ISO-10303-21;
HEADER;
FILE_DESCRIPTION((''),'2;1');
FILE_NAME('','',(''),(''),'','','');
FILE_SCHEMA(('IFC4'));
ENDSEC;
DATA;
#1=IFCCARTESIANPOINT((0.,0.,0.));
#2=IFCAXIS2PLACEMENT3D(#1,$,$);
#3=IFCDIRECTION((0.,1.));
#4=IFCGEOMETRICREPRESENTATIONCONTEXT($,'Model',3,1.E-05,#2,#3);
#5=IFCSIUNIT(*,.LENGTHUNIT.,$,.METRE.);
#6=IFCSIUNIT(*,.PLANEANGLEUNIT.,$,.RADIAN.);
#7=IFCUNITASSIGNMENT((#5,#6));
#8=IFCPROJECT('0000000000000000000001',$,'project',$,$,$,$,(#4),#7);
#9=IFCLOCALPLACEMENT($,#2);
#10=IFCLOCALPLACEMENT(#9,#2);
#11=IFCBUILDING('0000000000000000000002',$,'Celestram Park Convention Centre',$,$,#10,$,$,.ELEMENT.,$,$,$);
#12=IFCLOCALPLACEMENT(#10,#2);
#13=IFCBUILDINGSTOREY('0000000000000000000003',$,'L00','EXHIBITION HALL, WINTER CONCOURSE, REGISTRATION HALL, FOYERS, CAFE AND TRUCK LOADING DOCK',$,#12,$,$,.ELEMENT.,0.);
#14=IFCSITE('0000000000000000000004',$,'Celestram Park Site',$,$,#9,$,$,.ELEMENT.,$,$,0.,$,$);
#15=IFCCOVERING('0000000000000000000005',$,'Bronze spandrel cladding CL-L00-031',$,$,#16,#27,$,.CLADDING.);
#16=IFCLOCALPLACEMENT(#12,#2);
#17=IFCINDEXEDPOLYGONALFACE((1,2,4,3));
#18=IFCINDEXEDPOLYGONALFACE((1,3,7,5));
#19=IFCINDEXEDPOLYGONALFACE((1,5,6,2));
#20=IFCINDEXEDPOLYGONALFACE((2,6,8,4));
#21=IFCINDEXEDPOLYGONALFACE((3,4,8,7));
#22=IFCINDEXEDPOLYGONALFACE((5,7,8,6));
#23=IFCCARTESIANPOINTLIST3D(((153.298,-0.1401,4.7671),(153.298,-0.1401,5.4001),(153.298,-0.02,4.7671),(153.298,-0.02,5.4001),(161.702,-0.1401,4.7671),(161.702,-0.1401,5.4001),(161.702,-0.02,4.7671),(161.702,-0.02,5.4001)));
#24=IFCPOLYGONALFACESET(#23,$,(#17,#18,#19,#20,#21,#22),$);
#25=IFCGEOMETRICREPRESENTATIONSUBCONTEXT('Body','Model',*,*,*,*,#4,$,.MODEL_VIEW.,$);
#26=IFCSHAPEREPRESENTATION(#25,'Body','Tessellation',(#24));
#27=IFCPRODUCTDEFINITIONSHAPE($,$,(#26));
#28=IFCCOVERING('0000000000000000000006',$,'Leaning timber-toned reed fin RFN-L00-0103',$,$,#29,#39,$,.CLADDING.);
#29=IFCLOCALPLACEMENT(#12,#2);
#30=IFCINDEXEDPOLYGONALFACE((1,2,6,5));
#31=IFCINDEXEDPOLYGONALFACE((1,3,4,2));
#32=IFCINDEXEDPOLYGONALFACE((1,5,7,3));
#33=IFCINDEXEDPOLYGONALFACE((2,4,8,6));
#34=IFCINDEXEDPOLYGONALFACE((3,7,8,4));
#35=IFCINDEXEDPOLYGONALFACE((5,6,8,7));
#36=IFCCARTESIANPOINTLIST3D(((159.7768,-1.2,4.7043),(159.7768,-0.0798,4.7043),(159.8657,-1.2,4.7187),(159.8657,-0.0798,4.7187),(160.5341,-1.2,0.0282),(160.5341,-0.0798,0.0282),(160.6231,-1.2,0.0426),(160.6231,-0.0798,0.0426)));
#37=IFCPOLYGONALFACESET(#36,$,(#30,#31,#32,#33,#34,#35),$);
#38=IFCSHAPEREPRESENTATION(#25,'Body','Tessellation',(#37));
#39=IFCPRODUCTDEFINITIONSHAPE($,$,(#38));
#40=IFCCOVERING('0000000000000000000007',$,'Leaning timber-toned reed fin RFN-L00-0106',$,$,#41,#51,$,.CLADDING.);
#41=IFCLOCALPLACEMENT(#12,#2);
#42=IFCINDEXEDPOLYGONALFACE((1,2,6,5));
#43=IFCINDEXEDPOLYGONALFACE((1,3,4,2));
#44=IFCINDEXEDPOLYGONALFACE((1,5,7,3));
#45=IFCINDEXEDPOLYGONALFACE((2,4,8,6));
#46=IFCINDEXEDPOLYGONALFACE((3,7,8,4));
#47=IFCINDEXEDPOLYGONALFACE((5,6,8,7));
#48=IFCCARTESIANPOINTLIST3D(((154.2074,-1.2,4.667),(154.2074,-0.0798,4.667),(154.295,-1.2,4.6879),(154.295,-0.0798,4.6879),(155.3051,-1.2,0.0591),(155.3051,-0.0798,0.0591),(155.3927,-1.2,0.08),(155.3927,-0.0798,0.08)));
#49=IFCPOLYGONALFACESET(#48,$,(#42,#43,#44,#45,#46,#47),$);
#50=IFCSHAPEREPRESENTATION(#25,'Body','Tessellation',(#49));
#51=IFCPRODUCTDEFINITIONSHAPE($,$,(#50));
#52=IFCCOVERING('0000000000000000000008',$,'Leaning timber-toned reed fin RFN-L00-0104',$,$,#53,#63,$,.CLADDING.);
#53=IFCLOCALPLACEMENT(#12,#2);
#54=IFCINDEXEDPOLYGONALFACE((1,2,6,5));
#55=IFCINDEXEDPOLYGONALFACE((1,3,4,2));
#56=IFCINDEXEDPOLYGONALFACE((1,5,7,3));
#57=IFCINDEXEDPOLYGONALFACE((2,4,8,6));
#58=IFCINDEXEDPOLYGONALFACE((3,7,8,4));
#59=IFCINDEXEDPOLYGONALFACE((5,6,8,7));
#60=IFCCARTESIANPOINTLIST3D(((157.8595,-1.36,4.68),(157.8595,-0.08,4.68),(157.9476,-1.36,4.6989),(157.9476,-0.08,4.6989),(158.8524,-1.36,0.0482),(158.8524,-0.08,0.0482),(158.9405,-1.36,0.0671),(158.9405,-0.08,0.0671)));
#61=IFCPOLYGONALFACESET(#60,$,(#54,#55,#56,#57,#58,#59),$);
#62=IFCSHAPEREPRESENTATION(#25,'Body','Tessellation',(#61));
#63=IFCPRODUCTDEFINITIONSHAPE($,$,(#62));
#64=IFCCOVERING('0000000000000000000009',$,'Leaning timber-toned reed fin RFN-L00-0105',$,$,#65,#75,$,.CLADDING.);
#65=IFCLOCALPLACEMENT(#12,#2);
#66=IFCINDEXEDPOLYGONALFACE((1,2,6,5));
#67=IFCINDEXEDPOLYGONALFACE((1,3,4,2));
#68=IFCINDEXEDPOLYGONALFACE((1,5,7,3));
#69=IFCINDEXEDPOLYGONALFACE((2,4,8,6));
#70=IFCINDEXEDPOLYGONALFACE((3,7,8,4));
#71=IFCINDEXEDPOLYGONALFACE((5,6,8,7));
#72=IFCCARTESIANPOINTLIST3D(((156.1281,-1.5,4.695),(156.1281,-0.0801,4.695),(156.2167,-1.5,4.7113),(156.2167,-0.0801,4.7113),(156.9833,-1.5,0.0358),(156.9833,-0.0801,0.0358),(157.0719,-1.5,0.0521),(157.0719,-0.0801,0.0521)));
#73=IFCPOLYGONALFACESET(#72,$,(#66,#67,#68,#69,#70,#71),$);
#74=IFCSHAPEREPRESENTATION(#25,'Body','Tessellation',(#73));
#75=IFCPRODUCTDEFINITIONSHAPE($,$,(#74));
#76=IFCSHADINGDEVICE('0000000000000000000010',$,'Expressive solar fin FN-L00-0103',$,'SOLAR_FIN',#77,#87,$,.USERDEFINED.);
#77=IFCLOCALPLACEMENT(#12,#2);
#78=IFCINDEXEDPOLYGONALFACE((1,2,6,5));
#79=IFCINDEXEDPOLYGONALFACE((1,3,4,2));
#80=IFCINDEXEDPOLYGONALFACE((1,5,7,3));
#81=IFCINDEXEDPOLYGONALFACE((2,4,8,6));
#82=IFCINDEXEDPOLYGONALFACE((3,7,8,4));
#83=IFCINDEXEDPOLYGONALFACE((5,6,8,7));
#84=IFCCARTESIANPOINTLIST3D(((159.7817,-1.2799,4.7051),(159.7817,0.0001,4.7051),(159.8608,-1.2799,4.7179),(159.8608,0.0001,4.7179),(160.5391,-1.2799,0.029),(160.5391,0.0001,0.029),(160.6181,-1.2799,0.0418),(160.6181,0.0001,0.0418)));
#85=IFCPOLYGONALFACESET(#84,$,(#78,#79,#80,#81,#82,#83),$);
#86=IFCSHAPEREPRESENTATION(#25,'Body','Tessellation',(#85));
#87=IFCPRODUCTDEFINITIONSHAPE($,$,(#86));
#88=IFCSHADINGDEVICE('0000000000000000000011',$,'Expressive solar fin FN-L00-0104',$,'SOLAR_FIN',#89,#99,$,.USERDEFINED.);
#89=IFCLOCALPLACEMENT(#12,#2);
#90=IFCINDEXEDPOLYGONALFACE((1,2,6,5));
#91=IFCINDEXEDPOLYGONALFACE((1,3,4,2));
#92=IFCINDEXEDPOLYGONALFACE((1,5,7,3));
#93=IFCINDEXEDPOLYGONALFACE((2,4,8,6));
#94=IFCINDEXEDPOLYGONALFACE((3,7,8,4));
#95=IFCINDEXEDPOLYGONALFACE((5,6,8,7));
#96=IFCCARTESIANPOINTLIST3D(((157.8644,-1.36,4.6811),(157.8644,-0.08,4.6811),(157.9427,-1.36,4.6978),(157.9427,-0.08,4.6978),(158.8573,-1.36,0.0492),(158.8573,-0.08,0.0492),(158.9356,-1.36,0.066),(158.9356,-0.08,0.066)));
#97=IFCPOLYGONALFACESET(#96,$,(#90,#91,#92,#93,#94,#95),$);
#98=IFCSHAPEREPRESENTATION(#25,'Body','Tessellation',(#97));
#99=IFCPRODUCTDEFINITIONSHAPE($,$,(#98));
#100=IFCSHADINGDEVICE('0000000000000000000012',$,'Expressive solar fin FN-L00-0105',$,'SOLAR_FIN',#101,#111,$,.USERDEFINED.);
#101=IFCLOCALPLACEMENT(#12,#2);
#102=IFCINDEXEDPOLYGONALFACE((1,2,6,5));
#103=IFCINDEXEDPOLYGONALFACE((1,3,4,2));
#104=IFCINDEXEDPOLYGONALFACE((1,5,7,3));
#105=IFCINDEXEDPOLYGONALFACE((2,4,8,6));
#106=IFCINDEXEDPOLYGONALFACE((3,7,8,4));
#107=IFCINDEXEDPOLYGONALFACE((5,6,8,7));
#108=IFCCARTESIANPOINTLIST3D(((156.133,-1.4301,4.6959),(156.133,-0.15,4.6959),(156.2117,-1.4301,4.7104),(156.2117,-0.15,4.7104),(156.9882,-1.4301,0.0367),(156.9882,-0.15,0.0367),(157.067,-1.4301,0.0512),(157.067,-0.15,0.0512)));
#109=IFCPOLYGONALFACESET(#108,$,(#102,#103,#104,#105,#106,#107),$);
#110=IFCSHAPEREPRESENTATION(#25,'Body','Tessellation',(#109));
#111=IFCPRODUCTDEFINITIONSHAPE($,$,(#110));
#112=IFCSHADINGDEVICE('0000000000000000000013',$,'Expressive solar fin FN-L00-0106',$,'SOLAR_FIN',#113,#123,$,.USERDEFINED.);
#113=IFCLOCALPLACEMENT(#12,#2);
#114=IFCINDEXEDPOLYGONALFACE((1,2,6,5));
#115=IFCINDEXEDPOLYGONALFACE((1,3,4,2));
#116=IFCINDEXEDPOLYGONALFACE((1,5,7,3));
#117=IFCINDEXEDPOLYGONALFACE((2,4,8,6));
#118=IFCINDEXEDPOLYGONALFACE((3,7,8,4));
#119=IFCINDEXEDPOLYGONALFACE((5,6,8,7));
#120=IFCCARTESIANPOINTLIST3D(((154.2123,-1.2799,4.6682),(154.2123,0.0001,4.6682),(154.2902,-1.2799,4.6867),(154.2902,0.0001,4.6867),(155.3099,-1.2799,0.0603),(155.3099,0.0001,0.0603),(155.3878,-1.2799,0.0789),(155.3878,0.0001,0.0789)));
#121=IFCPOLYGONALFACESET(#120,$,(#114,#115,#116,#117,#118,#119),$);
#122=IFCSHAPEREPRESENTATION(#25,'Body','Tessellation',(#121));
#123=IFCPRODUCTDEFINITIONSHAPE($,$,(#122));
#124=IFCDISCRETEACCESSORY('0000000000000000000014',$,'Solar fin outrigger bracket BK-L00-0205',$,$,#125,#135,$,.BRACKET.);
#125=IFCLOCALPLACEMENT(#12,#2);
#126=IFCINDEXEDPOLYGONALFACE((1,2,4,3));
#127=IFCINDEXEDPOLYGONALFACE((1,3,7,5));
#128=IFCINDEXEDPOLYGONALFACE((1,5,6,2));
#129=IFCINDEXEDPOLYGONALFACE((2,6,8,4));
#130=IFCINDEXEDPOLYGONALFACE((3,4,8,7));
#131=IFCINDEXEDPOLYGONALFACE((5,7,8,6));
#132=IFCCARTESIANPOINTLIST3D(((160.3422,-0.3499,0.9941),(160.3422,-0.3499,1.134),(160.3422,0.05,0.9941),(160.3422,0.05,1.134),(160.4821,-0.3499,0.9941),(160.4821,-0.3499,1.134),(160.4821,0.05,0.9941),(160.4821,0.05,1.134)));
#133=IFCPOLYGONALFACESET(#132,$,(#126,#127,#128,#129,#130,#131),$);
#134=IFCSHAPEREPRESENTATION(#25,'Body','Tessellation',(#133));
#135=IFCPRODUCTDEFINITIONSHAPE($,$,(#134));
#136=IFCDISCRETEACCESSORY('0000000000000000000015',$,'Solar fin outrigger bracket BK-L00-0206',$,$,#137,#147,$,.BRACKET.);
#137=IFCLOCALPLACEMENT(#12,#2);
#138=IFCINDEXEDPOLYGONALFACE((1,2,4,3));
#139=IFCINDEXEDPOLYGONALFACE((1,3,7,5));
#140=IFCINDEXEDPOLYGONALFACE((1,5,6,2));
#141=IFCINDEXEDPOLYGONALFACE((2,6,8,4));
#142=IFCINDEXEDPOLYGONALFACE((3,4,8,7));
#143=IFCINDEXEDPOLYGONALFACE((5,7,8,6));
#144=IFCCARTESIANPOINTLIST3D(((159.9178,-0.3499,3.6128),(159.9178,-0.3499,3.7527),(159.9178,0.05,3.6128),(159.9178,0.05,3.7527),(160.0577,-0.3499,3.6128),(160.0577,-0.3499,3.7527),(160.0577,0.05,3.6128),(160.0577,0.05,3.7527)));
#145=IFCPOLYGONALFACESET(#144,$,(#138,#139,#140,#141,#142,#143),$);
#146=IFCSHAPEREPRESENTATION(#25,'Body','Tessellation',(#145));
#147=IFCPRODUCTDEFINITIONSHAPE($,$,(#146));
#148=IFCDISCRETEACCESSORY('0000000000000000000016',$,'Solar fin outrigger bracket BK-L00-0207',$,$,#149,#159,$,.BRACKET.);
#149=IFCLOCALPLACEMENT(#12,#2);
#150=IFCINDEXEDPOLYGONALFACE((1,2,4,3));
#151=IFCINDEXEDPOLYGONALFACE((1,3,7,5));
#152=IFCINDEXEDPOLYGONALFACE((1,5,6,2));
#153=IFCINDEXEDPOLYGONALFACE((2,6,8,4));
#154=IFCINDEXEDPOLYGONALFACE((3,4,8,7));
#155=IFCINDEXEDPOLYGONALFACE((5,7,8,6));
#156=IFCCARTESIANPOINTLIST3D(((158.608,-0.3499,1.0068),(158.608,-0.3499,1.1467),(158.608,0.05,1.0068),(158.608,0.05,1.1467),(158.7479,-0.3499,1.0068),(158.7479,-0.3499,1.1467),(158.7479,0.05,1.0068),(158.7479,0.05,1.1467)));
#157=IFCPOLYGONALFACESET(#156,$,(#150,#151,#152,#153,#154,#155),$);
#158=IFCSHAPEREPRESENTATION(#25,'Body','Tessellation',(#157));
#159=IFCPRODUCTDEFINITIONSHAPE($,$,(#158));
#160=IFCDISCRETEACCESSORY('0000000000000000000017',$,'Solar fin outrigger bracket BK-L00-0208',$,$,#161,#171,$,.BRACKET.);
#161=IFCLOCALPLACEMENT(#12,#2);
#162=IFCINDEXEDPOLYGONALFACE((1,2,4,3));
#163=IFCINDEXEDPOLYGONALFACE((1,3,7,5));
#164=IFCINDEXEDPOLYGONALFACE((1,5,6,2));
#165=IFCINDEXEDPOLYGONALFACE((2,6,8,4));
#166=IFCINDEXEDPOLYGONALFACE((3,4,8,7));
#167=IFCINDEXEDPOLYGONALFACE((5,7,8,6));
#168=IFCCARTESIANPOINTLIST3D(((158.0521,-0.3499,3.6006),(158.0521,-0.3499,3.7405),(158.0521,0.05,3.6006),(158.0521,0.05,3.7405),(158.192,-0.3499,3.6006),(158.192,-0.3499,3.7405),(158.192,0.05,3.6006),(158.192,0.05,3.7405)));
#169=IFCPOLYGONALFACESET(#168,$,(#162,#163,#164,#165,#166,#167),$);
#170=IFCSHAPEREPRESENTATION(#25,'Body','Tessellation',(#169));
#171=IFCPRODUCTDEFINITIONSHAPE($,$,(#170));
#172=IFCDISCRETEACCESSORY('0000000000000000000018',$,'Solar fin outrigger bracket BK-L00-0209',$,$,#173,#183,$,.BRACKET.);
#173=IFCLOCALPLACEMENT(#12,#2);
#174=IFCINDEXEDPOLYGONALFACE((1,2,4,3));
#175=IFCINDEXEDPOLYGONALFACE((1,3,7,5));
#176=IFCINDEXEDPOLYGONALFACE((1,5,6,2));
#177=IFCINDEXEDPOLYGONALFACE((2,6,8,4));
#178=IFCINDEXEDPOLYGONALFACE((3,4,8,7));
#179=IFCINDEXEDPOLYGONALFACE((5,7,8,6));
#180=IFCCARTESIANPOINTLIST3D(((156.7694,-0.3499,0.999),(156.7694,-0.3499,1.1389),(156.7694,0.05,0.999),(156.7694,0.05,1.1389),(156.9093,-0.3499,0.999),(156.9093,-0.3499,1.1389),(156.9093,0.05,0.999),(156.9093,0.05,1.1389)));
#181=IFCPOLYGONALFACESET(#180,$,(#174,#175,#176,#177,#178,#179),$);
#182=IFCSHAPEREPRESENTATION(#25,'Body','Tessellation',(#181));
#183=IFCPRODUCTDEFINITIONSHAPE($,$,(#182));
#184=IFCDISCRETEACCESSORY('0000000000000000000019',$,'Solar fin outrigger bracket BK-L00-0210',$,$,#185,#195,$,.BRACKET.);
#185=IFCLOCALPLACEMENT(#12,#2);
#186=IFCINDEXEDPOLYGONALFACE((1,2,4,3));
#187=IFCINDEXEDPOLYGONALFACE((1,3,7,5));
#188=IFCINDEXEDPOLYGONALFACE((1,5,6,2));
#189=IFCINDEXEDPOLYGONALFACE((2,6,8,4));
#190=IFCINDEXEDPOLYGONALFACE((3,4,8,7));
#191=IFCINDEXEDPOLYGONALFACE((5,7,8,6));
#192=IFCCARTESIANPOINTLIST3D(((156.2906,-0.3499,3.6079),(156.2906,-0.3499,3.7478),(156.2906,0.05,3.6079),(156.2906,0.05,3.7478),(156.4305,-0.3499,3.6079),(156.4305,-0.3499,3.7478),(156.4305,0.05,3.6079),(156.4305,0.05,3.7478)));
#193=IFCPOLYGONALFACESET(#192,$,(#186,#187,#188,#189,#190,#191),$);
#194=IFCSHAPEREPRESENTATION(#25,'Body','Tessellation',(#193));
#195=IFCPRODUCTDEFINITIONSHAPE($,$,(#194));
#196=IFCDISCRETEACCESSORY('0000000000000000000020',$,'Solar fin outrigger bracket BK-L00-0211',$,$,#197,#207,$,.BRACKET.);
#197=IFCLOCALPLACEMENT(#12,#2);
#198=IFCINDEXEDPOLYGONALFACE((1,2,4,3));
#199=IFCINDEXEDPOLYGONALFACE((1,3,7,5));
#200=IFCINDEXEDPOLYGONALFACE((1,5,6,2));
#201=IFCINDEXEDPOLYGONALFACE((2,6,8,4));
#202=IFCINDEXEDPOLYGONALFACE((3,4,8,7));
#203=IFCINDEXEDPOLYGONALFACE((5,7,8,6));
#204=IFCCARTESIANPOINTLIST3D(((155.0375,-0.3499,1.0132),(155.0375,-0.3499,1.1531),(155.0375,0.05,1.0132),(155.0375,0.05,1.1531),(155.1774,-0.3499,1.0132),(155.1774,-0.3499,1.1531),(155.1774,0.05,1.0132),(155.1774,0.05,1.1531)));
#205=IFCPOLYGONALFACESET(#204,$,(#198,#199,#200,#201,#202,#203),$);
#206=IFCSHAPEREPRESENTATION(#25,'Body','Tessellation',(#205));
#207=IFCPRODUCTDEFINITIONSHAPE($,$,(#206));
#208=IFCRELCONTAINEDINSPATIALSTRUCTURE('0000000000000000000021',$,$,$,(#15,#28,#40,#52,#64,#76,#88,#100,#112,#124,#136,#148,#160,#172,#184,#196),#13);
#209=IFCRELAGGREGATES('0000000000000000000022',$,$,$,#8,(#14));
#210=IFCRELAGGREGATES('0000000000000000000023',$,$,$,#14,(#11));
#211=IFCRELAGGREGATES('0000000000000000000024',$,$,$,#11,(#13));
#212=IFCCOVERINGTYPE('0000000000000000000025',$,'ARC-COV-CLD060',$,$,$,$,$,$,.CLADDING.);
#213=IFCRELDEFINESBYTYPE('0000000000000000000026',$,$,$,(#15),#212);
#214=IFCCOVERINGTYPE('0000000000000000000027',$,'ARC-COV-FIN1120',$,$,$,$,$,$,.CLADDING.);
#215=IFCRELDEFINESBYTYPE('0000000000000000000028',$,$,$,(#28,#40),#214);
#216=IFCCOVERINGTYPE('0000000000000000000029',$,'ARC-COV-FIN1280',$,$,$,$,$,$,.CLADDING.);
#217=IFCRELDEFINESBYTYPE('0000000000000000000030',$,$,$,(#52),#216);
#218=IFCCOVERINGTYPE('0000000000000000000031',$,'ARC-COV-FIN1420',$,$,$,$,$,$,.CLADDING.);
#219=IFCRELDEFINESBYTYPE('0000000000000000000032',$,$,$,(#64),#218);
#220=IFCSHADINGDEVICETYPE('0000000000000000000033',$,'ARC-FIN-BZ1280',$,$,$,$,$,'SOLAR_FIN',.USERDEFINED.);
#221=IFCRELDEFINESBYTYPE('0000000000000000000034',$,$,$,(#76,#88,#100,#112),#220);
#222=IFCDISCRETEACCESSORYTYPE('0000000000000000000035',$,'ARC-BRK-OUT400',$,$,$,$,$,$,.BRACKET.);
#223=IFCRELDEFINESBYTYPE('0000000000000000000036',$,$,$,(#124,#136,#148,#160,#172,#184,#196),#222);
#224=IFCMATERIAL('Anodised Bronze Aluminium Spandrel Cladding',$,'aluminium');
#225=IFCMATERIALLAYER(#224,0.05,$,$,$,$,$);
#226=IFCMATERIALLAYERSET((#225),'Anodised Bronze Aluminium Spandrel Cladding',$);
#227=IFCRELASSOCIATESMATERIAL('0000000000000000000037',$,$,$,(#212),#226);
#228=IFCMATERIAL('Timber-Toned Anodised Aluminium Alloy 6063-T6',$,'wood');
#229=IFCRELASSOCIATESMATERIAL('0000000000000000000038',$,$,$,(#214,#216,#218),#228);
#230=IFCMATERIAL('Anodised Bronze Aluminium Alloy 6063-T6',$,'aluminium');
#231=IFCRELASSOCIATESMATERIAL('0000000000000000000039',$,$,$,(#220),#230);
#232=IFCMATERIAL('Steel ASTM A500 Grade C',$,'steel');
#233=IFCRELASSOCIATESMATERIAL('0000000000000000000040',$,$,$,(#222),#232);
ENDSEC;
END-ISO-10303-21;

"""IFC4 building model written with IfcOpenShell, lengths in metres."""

from ifc_helpers import new_model, si_unit, direction, frame, origin, origin_2d, place, context, subcontext, project, spatial, rectangle, extrude, material, layer, layer_set, material_profile, profile_set, type_object, element, save


model = new_model("IFC4")

# Units and contexts
model_context = context("Model", 3, precision=1e-05, world=origin(), true_north=direction((0.0, 1.0)))
body_context = subcontext(model_context, "Body", "Model", "MODEL_VIEW")
ifc_project = project(units=[si_unit("LENGTHUNIT", "METRE"), si_unit("PLANEANGLEUNIT", "RADIAN")], contexts=[model_context])

# Site, building, storey
site_placement = place(None, origin())
site = spatial("IfcSite", under=ifc_project, at=site_placement, Name="Celestram Park Site", CompositionType="ELEMENT", RefElevation=0.0)
building_placement = place(site_placement, origin())
building = spatial("IfcBuilding", under=site, at=building_placement, Name="Celestram Park Convention Centre", CompositionType="ELEMENT")
storey_placement = place(building_placement, origin())
storey = spatial("IfcBuildingStorey", under=building, at=storey_placement, Name="L00", Description="EXHIBITION HALL, WINTER CONCOURSE, REGISTRATION HALL, FOYERS, CAFE AND TRUCK LOADING DOCK", CompositionType="ELEMENT", Elevation=0.0)

# Coverings
ifc_material_1 = material(Name="Anodised Bronze Aluminium Spandrel Cladding", Category="aluminium")
ifc_layer_1 = layer(ifc_material_1, 0.05)
ifc_layer_set_1 = layer_set([ifc_layer_1], Name="Anodised Bronze Aluminium Spandrel Cladding")
covering_type_1 = type_object("IfcCoveringType", Name="ARC-COV-CLD060", PredefinedType="CLADDING", material=ifc_layer_set_1)
covering_1_placement = place(storey_placement, frame((157.5, -0.0801, 4.7671), z_axis=(0.0, 0.0, 1.0), x_axis=(-1.0, 0.0, 0.0)))
element("IfcCovering", 1, at=covering_1_placement, inside=storey, type_object=covering_type_1, Name="Bronze spandrel cladding CL-L00-031", PredefinedType="CLADDING", context=body_context, shape_type="SweptSolid", body=[
    extrude(rectangle(XDim=8.4041, YDim=0.1201, at=origin_2d()), origin(), (0.0, 0.0, 1.0), 0.6331),
])
ifc_material_2 = material(Name="Timber-Toned Anodised Aluminium Alloy 6063-T6", Category="wood")
ifc_material_profile_1 = material_profile(ifc_material_2, rectangle(XDim=1.1201, YDim=0.0901, at=origin_2d()), Name="REED1120X90")
ifc_profile_set_1 = profile_set([ifc_material_profile_1], Name="Timber-Toned Anodised Aluminium Alloy 6063-T6")
covering_type_2 = type_object("IfcCoveringType", Name="ARC-COV-FIN1120", PredefinedType="CLADDING", material=ifc_profile_set_1)
covering_2_placement = place(storey_placement, frame((160.5786, -0.6399, 0.0354), z_axis=(-0.159876, 0.0, 0.987137), x_axis=(0.0, -1.0, 0.0)))
element("IfcCovering", 2, at=covering_2_placement, inside=storey, type_object=covering_type_2, Name="Leaning timber-toned reed fin RFN-L00-0103", PredefinedType="CLADDING", context=body_context, shape_type="SweptSolid", body=[
    extrude(rectangle(XDim=1.1201, YDim=0.0901, at=origin_2d()), origin(), (0.0, 0.0, 1.0), 4.7371),
])
covering_3_placement = place(storey_placement, frame((155.3489, -0.6399, 0.0696), z_axis=(-0.231727, 0.0, 0.972781), x_axis=(0.0, -1.0, 0.0)))
element("IfcCovering", 3, at=covering_3_placement, inside=storey, type_object=covering_type_2, Name="Leaning timber-toned reed fin RFN-L00-0106", PredefinedType="CLADDING", context=body_context, shape_type="SweptSolid", body=[
    extrude(rectangle(XDim=1.1201, YDim=0.0901, at=origin_2d()), origin(), (0.0, 0.0, 1.0), 4.7368),
])
ifc_material_profile_2 = material_profile(ifc_material_2, rectangle(XDim=1.28, YDim=0.0901, at=origin_2d()), Name="REED1280X90")
ifc_profile_set_2 = profile_set([ifc_material_profile_2], Name="Timber-Toned Anodised Aluminium Alloy 6063-T6")
covering_type_3 = type_object("IfcCoveringType", Name="ARC-COV-FIN1280", PredefinedType="CLADDING", material=ifc_profile_set_2)
covering_4_placement = place(storey_placement, frame((158.8965, -0.72, 0.0576), z_axis=(-0.209607, 0.0, 0.977786), x_axis=(0.0, -1.0, 0.0)))
element("IfcCovering", 4, at=covering_4_placement, inside=storey, type_object=covering_type_3, Name="Leaning timber-toned reed fin RFN-L00-0104", PredefinedType="CLADDING", context=body_context, shape_type="SweptSolid", body=[
    extrude(rectangle(XDim=1.28, YDim=0.0901, at=origin_2d()), origin(), (0.0, 0.0, 1.0), 4.7371),
])
ifc_material_profile_3 = material_profile(ifc_material_2, rectangle(XDim=1.4199, YDim=0.0901, at=origin_2d()), Name="REED1420X90")
ifc_profile_set_3 = profile_set([ifc_material_profile_3], Name="Timber-Toned Anodised Aluminium Alloy 6063-T6")
covering_type_4 = type_object("IfcCoveringType", Name="ARC-COV-FIN1420", PredefinedType="CLADDING", material=ifc_profile_set_3)
covering_5_placement = place(storey_placement, frame((157.0276, -0.79, 0.0439), z_axis=(-0.180541, 0.0, 0.983568), x_axis=(0.0, -1.0, 0.0)))
element("IfcCovering", 5, at=covering_5_placement, inside=storey, type_object=covering_type_4, Name="Leaning timber-toned reed fin RFN-L00-0105", PredefinedType="CLADDING", context=body_context, shape_type="SweptSolid", body=[
    extrude(rectangle(XDim=1.4199, YDim=0.0901, at=origin_2d()), origin(), (0.0, 0.0, 1.0), 4.7371),
])

# Shading devices
ifc_material_3 = material(Name="Anodised Bronze Aluminium Alloy 6063-T6", Category="aluminium")
ifc_material_profile_4 = material_profile(ifc_material_3, rectangle(XDim=1.28, YDim=0.0801, at=origin_2d()), Name="FIN1280X80")
ifc_profile_set_4 = profile_set([ifc_material_profile_4], Name="Anodised Bronze Aluminium Alloy 6063-T6")
shading_device_type = type_object("IfcShadingDeviceType", Name="ARC-FIN-BZ1280", ElementType="SOLAR_FIN", PredefinedType="USERDEFINED", material=ifc_profile_set_4)
for number, where, z_axis, x_axis, name in (
    (6, (160.5786, -0.6399, 0.0354), (-0.159876, 0.0, 0.987137), (0.0, -1.0, 0.0), "Expressive solar fin FN-L00-0103"),
    (7, (158.8965, -0.72, 0.0576), (-0.209607, 0.0, 0.977786), (0.0, -1.0, 0.0), "Expressive solar fin FN-L00-0104"),
    (8, (157.0276, -0.79, 0.0439), (-0.180541, 0.0, 0.983568), (0.0, -1.0, 0.0), "Expressive solar fin FN-L00-0105"),
):
    element("IfcShadingDevice", number, at=place(storey_placement, frame(where, z_axis=z_axis, x_axis=x_axis)), inside=storey, type_object=shading_device_type, Name=name, ObjectType="SOLAR_FIN", PredefinedType="USERDEFINED", context=body_context, shape_type="SweptSolid", body=[
        extrude(rectangle(XDim=1.28, YDim=0.0801, at=origin_2d()), origin(), (0.0, 0.0, 1.0), 4.7371),
    ])
shading_device_placement = place(storey_placement, frame((155.3489, -0.6399, 0.0696), z_axis=(-0.231727, 0.0, 0.972781), x_axis=(0.0, -1.0, 0.0)))
element("IfcShadingDevice", 9, at=shading_device_placement, inside=storey, type_object=shading_device_type, Name="Expressive solar fin FN-L00-0106", ObjectType="SOLAR_FIN", PredefinedType="USERDEFINED", context=body_context, shape_type="SweptSolid", body=[
    extrude(rectangle(XDim=1.28, YDim=0.0801, at=origin_2d()), origin(), (0.0, 0.0, 1.0), 4.7368),
])

# Discrete accessories
ifc_material_4 = material(Name="Steel ASTM A500 Grade C", Category="steel")
discrete_accessory_type = type_object("IfcDiscreteAccessoryType", Name="ARC-BRK-OUT400", PredefinedType="BRACKET", material=ifc_material_4)
for number, where, z_axis, x_axis, name in (
    (10, (160.4121, -0.1499, 0.9941), (0.0, 0.0, 1.0), (0.0, -1.0, 0.0), "Solar fin outrigger bracket BK-L00-0205"),
    (11, (159.9878, -0.1499, 3.6128), (0.0, 0.0, 1.0), (0.0, -1.0, 0.0), "Solar fin outrigger bracket BK-L00-0206"),
    (12, (158.678, -0.1499, 1.0068), (0.0, 0.0, 1.0), (0.0, -1.0, 0.0), "Solar fin outrigger bracket BK-L00-0207"),
    (13, (158.1221, -0.1499, 3.6006), (0.0, 0.0, 1.0), (0.0, -1.0, 0.0), "Solar fin outrigger bracket BK-L00-0208"),
    (14, (156.8394, -0.1499, 0.999), (0.0, 0.0, 1.0), (0.0, -1.0, 0.0), "Solar fin outrigger bracket BK-L00-0209"),
    (15, (156.3606, -0.1499, 3.6079), (0.0, 0.0, 1.0), (0.0, -1.0, 0.0), "Solar fin outrigger bracket BK-L00-0210"),
    (16, (155.1074, -0.1499, 1.0132), (0.0, 0.0, 1.0), (0.0, -1.0, 0.0), "Solar fin outrigger bracket BK-L00-0211"),
):
    element("IfcDiscreteAccessory", number, at=place(storey_placement, frame(where, z_axis=z_axis, x_axis=x_axis)), inside=storey, type_object=discrete_accessory_type, Name=name, PredefinedType="BRACKET", context=body_context, shape_type="SweptSolid", body=[
        extrude(rectangle(XDim=0.3999, YDim=0.1399, at=origin_2d()), origin(), (0.0, 0.0, 1.0), 0.1399),
    ])

save(model, "model.ifc")
